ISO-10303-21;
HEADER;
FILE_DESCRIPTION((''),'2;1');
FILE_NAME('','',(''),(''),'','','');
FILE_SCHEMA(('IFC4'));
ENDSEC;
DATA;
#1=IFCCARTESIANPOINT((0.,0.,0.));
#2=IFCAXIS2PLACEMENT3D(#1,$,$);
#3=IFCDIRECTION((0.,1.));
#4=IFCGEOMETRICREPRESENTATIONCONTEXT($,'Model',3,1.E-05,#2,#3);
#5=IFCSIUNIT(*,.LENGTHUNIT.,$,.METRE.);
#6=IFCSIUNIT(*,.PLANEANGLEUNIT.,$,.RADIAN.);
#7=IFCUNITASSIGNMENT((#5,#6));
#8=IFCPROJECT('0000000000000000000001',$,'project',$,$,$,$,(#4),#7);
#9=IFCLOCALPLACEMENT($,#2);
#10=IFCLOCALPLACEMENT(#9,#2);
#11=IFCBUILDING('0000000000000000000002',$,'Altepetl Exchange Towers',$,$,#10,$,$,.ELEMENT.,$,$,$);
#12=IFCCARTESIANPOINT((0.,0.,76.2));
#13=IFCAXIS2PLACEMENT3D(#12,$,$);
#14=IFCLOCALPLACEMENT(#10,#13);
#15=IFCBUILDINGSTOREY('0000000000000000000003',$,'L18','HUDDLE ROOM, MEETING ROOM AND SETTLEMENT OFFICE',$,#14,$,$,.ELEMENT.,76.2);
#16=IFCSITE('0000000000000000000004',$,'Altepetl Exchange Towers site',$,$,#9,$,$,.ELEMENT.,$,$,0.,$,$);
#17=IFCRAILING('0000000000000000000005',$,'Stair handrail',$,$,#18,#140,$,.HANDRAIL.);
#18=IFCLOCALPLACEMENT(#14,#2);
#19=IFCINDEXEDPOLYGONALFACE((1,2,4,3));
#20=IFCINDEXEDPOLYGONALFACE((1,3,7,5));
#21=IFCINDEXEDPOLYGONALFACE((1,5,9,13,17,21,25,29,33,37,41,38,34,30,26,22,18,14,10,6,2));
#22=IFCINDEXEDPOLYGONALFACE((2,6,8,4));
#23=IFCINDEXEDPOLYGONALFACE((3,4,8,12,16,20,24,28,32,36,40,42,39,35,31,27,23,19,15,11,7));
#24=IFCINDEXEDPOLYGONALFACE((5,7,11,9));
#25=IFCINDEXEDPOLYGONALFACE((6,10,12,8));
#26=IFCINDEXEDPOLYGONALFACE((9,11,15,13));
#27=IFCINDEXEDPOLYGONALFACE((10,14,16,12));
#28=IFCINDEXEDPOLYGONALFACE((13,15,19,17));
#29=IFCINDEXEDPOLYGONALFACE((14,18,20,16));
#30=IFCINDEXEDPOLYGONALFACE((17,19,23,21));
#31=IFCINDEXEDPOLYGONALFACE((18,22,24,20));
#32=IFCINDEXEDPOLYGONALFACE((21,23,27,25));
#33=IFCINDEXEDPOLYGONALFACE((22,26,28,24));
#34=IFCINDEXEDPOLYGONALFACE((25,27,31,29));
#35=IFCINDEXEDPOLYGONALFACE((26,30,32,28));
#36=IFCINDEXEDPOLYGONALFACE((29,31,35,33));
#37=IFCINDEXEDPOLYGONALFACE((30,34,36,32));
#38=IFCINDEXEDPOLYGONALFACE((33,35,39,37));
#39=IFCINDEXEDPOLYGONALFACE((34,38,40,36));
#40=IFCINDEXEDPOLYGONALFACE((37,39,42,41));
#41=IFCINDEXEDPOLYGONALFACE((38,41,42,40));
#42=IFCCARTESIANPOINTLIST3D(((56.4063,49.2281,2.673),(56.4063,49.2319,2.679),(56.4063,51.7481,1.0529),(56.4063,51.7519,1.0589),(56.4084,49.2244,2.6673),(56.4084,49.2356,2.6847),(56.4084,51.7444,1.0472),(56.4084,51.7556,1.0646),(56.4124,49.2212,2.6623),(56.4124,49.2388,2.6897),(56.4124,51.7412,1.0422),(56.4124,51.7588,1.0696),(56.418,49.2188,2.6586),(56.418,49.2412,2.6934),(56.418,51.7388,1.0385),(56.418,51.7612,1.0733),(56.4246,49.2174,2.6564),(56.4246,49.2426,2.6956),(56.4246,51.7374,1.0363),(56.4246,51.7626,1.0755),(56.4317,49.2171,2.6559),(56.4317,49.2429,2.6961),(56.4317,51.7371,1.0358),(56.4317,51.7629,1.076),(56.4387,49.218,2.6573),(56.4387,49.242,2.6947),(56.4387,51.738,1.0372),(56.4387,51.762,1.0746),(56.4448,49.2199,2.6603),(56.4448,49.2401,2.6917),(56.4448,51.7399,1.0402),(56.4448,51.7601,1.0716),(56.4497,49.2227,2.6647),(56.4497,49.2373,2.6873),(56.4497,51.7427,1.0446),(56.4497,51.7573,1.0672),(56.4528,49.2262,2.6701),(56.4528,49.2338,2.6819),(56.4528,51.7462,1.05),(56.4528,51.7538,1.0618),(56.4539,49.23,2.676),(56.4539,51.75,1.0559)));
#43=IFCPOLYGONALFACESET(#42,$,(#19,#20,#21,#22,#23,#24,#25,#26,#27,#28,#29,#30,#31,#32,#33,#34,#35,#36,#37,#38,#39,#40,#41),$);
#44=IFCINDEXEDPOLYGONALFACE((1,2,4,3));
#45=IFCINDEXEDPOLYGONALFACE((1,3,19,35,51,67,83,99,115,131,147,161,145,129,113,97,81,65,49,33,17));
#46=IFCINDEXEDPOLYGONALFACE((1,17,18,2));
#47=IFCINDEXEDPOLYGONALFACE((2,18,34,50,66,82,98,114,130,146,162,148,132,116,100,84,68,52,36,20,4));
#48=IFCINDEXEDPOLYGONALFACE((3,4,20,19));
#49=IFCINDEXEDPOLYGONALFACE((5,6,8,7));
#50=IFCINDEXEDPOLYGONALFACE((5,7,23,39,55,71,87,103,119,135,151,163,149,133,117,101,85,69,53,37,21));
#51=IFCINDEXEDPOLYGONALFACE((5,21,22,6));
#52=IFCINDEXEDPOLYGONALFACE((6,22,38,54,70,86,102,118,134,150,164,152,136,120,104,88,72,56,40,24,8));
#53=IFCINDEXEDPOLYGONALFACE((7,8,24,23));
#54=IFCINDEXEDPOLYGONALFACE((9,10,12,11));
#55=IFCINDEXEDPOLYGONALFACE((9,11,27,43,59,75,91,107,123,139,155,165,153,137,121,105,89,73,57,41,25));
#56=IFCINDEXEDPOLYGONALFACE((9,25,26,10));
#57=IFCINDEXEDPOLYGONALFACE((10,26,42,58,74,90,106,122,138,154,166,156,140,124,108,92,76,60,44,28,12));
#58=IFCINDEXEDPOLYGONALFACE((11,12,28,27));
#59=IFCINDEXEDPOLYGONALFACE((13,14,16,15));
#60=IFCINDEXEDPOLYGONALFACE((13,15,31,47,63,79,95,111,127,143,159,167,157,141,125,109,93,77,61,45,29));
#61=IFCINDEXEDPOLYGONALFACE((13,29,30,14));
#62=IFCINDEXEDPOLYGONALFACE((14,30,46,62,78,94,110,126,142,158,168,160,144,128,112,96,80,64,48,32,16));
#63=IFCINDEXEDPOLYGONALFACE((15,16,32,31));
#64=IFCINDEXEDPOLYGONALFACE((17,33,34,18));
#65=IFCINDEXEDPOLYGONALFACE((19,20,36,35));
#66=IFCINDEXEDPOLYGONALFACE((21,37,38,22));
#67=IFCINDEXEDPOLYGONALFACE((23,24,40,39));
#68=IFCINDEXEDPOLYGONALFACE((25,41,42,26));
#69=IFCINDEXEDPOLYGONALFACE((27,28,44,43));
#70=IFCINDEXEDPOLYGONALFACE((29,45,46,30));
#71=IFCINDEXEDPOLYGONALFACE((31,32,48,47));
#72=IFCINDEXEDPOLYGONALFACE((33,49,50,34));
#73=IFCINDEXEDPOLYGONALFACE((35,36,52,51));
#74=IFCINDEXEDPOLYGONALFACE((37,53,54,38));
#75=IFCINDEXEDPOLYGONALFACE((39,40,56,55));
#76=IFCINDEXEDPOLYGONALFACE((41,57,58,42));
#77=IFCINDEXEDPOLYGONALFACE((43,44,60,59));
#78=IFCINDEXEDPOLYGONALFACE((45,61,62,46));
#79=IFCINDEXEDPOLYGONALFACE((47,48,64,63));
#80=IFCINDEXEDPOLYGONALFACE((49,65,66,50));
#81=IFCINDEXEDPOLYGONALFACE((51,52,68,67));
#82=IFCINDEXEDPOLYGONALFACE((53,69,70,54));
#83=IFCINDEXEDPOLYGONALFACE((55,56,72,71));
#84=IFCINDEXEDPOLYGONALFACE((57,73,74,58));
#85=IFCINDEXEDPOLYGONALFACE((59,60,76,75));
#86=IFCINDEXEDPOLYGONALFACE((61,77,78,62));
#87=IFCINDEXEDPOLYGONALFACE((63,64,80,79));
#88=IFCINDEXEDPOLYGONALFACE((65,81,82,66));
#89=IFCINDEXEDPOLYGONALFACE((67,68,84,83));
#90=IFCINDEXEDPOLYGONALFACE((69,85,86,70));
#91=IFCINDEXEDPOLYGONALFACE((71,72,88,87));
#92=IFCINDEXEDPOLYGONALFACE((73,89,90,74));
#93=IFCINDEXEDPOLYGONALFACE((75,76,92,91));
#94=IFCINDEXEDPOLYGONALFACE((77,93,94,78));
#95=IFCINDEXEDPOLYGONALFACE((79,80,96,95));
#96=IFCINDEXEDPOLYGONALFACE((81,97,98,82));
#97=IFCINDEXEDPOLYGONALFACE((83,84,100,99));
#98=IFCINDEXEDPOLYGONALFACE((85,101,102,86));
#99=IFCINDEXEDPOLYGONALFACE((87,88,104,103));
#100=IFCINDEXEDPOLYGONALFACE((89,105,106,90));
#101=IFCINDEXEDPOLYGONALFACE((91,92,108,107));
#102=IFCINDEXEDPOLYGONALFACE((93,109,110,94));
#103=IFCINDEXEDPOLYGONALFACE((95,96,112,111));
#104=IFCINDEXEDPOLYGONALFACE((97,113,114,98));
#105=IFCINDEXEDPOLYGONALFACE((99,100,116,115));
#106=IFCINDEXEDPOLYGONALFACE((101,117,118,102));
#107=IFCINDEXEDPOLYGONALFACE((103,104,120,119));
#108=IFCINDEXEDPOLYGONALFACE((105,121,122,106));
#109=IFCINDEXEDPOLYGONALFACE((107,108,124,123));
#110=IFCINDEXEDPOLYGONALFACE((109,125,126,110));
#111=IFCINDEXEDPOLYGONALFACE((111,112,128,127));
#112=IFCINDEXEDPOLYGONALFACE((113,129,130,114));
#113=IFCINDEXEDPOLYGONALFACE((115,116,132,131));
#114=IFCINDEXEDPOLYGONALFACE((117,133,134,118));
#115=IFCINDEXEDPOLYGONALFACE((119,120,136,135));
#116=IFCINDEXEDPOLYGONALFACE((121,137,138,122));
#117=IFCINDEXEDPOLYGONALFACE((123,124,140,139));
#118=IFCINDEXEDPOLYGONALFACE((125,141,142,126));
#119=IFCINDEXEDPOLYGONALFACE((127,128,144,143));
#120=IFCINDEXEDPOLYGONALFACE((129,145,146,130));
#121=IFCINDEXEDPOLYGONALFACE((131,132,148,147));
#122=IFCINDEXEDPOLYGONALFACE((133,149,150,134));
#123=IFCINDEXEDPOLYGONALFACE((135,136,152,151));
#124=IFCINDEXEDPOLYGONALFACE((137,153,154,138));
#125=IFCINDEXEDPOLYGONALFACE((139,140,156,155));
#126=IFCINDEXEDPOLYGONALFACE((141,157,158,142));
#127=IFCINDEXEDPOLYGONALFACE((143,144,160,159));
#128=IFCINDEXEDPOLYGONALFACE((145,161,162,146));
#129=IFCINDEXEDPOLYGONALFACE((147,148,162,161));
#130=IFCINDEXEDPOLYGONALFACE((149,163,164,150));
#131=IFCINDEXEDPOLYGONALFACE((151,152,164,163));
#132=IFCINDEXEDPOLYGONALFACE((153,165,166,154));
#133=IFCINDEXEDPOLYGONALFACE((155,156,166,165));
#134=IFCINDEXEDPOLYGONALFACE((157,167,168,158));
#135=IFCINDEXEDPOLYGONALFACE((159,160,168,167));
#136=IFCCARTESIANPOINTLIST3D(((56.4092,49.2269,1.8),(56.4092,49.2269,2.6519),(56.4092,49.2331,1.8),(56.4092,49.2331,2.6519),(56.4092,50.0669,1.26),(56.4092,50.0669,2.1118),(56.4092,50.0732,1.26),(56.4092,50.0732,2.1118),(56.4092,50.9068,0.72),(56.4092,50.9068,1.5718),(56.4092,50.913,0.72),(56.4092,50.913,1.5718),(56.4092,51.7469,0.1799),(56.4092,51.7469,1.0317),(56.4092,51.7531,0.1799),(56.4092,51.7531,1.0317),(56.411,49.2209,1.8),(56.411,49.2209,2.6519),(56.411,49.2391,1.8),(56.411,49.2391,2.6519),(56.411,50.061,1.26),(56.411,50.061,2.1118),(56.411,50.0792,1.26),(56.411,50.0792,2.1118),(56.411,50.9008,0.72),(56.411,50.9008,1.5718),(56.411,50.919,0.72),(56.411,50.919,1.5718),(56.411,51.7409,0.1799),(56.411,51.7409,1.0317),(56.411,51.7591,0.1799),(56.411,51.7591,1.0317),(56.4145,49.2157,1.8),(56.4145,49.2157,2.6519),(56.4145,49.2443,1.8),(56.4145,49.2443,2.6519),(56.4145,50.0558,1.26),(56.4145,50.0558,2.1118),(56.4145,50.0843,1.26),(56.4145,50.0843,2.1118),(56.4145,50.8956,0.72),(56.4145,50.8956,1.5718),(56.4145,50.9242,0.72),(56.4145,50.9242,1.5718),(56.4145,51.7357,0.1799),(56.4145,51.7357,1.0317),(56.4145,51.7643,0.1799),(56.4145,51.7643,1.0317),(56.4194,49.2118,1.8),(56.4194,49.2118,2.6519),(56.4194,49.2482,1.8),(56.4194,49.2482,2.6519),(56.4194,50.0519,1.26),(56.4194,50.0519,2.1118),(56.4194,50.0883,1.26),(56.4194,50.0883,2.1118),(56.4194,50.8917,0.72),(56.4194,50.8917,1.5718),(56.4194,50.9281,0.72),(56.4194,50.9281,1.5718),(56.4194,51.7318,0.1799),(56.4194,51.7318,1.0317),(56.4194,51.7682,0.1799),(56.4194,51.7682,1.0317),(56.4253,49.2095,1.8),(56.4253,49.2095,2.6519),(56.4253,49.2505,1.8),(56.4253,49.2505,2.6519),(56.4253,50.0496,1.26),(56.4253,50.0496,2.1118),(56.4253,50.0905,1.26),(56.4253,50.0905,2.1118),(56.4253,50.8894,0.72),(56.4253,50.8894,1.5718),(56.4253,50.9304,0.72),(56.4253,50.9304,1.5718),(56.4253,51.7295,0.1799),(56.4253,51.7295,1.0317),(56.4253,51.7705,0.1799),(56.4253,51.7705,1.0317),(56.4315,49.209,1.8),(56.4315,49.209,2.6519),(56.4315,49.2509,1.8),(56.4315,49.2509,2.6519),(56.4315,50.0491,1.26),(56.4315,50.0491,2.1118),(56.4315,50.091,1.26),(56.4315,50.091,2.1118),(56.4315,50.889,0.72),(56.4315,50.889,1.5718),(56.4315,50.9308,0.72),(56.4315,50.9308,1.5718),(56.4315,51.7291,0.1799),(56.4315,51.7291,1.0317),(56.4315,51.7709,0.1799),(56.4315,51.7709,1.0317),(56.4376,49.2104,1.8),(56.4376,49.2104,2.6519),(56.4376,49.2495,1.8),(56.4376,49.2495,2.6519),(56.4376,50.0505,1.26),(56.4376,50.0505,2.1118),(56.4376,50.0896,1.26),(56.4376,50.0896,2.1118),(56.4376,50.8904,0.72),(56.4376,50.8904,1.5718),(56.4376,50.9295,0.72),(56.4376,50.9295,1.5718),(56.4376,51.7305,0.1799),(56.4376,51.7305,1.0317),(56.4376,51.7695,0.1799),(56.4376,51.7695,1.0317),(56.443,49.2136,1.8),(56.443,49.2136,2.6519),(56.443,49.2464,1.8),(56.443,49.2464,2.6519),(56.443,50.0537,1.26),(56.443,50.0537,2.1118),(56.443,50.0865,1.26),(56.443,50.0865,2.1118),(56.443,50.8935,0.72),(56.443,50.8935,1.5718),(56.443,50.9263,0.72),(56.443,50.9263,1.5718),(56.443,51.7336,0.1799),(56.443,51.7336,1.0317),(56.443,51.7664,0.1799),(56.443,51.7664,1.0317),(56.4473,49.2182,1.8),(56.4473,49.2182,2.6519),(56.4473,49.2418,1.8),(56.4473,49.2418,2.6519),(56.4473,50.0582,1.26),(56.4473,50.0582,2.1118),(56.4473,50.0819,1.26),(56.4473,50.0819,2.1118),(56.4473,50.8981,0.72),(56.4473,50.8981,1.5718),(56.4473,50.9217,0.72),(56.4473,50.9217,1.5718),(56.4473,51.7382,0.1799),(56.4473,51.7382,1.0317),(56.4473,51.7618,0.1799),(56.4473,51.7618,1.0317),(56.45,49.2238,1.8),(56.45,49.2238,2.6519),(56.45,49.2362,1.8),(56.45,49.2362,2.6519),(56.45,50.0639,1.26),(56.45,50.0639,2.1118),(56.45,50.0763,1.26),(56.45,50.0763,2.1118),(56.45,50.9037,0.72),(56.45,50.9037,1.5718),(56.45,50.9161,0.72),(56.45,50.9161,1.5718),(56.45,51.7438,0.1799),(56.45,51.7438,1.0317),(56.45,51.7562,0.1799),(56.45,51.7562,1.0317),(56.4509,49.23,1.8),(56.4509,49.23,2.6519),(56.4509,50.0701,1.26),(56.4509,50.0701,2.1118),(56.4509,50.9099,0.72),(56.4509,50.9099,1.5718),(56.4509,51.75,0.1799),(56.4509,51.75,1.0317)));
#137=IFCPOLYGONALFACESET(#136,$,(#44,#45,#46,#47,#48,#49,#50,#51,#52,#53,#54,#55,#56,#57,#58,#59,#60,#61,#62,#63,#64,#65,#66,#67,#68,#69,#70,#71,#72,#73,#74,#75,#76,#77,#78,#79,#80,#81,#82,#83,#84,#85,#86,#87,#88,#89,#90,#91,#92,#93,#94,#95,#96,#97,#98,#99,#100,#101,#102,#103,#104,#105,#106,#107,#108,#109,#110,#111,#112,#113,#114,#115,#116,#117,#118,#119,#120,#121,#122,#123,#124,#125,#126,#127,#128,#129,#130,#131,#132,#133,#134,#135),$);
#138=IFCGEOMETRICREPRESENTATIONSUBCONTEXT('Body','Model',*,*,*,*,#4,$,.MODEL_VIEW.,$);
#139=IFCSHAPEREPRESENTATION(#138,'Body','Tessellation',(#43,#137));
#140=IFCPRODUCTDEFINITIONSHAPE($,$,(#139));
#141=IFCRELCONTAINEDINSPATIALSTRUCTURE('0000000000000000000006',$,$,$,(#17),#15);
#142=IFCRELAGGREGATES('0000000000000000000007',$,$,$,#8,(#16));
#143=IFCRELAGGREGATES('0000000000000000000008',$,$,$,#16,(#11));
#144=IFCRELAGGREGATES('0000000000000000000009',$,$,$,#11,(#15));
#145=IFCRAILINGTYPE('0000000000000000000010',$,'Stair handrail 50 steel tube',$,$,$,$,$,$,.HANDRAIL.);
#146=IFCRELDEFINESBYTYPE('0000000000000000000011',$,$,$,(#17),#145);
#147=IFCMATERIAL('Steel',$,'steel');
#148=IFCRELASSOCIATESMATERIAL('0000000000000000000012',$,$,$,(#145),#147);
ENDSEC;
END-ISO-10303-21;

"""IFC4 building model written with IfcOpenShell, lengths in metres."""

from ifc_helpers import new_model, si_unit, direction, frame, origin, origin_2d, place, context, subcontext, project, spatial, circle, extrude, source, transform, mapped, material, type_object, element, save


model = new_model("IFC4")

# Units and contexts
model_context = context("Model", 3, precision=1e-05, world=origin(), true_north=direction((0.0, 1.0)))
body_context = subcontext(model_context, "Body", "Model", "MODEL_VIEW")
ifc_project = project(units=[si_unit("LENGTHUNIT", "METRE"), si_unit("PLANEANGLEUNIT", "RADIAN")], contexts=[model_context])

# Site, building, storey
site_placement = place(None, origin())
site = spatial("IfcSite", under=ifc_project, at=site_placement, Name="Altepetl Exchange Towers site", CompositionType="ELEMENT", RefElevation=0.0)
building_placement = place(site_placement, origin())
building = spatial("IfcBuilding", under=site, at=building_placement, Name="Altepetl Exchange Towers", CompositionType="ELEMENT")
storey_placement = place(building_placement, frame((0.0, 0.0, 76.2)))
storey = spatial("IfcBuildingStorey", under=building, at=storey_placement, Name="L18", Description="HUDDLE ROOM, MEETING ROOM AND SETTLEMENT OFFICE", CompositionType="ELEMENT", Elevation=76.2)

# Railing
ifc_material_1 = material(Name="Steel", Category="steel")
railing_type = type_object("IfcRailingType", Name="Stair handrail 50 steel tube", PredefinedType="HANDRAIL", material=ifc_material_1)
shared_shape = source(origin(), body_context, "Body", "SweptSolid", [
    extrude(circle(Radius=0.021, at=origin_2d()), origin(), (0.0, 0.0, 1.0), 0.8518),
])
railing_1_placement = place(storey_placement, frame((56.4299, 51.75, 0.1799)))
element("IfcRailing", 1, at=railing_1_placement, inside=storey, type_object=railing_type, Name="Stair handrail", PredefinedType="HANDRAIL", context=body_context, shape_type="SweptSolid", body=[
    extrude(circle(Radius=0.0239, at=origin_2d()), frame((0.0, 0.0, 0.876), z_axis=(0.0, -0.841163, 0.540782), x_axis=(1.0, 0.0, 0.0)), (0.0, 0.0, 1.0), 2.9958),
    mapped(shared_shape, transform((0.0, 0.0, 0.0))),
    mapped(shared_shape, transform((0.0, -0.8401, 0.54))),
    mapped(shared_shape, transform((0.0, -1.6799, 1.0801))),
    mapped(shared_shape, transform((0.0, -2.52, 1.6201))),
])

save(model, "model.ifc")
